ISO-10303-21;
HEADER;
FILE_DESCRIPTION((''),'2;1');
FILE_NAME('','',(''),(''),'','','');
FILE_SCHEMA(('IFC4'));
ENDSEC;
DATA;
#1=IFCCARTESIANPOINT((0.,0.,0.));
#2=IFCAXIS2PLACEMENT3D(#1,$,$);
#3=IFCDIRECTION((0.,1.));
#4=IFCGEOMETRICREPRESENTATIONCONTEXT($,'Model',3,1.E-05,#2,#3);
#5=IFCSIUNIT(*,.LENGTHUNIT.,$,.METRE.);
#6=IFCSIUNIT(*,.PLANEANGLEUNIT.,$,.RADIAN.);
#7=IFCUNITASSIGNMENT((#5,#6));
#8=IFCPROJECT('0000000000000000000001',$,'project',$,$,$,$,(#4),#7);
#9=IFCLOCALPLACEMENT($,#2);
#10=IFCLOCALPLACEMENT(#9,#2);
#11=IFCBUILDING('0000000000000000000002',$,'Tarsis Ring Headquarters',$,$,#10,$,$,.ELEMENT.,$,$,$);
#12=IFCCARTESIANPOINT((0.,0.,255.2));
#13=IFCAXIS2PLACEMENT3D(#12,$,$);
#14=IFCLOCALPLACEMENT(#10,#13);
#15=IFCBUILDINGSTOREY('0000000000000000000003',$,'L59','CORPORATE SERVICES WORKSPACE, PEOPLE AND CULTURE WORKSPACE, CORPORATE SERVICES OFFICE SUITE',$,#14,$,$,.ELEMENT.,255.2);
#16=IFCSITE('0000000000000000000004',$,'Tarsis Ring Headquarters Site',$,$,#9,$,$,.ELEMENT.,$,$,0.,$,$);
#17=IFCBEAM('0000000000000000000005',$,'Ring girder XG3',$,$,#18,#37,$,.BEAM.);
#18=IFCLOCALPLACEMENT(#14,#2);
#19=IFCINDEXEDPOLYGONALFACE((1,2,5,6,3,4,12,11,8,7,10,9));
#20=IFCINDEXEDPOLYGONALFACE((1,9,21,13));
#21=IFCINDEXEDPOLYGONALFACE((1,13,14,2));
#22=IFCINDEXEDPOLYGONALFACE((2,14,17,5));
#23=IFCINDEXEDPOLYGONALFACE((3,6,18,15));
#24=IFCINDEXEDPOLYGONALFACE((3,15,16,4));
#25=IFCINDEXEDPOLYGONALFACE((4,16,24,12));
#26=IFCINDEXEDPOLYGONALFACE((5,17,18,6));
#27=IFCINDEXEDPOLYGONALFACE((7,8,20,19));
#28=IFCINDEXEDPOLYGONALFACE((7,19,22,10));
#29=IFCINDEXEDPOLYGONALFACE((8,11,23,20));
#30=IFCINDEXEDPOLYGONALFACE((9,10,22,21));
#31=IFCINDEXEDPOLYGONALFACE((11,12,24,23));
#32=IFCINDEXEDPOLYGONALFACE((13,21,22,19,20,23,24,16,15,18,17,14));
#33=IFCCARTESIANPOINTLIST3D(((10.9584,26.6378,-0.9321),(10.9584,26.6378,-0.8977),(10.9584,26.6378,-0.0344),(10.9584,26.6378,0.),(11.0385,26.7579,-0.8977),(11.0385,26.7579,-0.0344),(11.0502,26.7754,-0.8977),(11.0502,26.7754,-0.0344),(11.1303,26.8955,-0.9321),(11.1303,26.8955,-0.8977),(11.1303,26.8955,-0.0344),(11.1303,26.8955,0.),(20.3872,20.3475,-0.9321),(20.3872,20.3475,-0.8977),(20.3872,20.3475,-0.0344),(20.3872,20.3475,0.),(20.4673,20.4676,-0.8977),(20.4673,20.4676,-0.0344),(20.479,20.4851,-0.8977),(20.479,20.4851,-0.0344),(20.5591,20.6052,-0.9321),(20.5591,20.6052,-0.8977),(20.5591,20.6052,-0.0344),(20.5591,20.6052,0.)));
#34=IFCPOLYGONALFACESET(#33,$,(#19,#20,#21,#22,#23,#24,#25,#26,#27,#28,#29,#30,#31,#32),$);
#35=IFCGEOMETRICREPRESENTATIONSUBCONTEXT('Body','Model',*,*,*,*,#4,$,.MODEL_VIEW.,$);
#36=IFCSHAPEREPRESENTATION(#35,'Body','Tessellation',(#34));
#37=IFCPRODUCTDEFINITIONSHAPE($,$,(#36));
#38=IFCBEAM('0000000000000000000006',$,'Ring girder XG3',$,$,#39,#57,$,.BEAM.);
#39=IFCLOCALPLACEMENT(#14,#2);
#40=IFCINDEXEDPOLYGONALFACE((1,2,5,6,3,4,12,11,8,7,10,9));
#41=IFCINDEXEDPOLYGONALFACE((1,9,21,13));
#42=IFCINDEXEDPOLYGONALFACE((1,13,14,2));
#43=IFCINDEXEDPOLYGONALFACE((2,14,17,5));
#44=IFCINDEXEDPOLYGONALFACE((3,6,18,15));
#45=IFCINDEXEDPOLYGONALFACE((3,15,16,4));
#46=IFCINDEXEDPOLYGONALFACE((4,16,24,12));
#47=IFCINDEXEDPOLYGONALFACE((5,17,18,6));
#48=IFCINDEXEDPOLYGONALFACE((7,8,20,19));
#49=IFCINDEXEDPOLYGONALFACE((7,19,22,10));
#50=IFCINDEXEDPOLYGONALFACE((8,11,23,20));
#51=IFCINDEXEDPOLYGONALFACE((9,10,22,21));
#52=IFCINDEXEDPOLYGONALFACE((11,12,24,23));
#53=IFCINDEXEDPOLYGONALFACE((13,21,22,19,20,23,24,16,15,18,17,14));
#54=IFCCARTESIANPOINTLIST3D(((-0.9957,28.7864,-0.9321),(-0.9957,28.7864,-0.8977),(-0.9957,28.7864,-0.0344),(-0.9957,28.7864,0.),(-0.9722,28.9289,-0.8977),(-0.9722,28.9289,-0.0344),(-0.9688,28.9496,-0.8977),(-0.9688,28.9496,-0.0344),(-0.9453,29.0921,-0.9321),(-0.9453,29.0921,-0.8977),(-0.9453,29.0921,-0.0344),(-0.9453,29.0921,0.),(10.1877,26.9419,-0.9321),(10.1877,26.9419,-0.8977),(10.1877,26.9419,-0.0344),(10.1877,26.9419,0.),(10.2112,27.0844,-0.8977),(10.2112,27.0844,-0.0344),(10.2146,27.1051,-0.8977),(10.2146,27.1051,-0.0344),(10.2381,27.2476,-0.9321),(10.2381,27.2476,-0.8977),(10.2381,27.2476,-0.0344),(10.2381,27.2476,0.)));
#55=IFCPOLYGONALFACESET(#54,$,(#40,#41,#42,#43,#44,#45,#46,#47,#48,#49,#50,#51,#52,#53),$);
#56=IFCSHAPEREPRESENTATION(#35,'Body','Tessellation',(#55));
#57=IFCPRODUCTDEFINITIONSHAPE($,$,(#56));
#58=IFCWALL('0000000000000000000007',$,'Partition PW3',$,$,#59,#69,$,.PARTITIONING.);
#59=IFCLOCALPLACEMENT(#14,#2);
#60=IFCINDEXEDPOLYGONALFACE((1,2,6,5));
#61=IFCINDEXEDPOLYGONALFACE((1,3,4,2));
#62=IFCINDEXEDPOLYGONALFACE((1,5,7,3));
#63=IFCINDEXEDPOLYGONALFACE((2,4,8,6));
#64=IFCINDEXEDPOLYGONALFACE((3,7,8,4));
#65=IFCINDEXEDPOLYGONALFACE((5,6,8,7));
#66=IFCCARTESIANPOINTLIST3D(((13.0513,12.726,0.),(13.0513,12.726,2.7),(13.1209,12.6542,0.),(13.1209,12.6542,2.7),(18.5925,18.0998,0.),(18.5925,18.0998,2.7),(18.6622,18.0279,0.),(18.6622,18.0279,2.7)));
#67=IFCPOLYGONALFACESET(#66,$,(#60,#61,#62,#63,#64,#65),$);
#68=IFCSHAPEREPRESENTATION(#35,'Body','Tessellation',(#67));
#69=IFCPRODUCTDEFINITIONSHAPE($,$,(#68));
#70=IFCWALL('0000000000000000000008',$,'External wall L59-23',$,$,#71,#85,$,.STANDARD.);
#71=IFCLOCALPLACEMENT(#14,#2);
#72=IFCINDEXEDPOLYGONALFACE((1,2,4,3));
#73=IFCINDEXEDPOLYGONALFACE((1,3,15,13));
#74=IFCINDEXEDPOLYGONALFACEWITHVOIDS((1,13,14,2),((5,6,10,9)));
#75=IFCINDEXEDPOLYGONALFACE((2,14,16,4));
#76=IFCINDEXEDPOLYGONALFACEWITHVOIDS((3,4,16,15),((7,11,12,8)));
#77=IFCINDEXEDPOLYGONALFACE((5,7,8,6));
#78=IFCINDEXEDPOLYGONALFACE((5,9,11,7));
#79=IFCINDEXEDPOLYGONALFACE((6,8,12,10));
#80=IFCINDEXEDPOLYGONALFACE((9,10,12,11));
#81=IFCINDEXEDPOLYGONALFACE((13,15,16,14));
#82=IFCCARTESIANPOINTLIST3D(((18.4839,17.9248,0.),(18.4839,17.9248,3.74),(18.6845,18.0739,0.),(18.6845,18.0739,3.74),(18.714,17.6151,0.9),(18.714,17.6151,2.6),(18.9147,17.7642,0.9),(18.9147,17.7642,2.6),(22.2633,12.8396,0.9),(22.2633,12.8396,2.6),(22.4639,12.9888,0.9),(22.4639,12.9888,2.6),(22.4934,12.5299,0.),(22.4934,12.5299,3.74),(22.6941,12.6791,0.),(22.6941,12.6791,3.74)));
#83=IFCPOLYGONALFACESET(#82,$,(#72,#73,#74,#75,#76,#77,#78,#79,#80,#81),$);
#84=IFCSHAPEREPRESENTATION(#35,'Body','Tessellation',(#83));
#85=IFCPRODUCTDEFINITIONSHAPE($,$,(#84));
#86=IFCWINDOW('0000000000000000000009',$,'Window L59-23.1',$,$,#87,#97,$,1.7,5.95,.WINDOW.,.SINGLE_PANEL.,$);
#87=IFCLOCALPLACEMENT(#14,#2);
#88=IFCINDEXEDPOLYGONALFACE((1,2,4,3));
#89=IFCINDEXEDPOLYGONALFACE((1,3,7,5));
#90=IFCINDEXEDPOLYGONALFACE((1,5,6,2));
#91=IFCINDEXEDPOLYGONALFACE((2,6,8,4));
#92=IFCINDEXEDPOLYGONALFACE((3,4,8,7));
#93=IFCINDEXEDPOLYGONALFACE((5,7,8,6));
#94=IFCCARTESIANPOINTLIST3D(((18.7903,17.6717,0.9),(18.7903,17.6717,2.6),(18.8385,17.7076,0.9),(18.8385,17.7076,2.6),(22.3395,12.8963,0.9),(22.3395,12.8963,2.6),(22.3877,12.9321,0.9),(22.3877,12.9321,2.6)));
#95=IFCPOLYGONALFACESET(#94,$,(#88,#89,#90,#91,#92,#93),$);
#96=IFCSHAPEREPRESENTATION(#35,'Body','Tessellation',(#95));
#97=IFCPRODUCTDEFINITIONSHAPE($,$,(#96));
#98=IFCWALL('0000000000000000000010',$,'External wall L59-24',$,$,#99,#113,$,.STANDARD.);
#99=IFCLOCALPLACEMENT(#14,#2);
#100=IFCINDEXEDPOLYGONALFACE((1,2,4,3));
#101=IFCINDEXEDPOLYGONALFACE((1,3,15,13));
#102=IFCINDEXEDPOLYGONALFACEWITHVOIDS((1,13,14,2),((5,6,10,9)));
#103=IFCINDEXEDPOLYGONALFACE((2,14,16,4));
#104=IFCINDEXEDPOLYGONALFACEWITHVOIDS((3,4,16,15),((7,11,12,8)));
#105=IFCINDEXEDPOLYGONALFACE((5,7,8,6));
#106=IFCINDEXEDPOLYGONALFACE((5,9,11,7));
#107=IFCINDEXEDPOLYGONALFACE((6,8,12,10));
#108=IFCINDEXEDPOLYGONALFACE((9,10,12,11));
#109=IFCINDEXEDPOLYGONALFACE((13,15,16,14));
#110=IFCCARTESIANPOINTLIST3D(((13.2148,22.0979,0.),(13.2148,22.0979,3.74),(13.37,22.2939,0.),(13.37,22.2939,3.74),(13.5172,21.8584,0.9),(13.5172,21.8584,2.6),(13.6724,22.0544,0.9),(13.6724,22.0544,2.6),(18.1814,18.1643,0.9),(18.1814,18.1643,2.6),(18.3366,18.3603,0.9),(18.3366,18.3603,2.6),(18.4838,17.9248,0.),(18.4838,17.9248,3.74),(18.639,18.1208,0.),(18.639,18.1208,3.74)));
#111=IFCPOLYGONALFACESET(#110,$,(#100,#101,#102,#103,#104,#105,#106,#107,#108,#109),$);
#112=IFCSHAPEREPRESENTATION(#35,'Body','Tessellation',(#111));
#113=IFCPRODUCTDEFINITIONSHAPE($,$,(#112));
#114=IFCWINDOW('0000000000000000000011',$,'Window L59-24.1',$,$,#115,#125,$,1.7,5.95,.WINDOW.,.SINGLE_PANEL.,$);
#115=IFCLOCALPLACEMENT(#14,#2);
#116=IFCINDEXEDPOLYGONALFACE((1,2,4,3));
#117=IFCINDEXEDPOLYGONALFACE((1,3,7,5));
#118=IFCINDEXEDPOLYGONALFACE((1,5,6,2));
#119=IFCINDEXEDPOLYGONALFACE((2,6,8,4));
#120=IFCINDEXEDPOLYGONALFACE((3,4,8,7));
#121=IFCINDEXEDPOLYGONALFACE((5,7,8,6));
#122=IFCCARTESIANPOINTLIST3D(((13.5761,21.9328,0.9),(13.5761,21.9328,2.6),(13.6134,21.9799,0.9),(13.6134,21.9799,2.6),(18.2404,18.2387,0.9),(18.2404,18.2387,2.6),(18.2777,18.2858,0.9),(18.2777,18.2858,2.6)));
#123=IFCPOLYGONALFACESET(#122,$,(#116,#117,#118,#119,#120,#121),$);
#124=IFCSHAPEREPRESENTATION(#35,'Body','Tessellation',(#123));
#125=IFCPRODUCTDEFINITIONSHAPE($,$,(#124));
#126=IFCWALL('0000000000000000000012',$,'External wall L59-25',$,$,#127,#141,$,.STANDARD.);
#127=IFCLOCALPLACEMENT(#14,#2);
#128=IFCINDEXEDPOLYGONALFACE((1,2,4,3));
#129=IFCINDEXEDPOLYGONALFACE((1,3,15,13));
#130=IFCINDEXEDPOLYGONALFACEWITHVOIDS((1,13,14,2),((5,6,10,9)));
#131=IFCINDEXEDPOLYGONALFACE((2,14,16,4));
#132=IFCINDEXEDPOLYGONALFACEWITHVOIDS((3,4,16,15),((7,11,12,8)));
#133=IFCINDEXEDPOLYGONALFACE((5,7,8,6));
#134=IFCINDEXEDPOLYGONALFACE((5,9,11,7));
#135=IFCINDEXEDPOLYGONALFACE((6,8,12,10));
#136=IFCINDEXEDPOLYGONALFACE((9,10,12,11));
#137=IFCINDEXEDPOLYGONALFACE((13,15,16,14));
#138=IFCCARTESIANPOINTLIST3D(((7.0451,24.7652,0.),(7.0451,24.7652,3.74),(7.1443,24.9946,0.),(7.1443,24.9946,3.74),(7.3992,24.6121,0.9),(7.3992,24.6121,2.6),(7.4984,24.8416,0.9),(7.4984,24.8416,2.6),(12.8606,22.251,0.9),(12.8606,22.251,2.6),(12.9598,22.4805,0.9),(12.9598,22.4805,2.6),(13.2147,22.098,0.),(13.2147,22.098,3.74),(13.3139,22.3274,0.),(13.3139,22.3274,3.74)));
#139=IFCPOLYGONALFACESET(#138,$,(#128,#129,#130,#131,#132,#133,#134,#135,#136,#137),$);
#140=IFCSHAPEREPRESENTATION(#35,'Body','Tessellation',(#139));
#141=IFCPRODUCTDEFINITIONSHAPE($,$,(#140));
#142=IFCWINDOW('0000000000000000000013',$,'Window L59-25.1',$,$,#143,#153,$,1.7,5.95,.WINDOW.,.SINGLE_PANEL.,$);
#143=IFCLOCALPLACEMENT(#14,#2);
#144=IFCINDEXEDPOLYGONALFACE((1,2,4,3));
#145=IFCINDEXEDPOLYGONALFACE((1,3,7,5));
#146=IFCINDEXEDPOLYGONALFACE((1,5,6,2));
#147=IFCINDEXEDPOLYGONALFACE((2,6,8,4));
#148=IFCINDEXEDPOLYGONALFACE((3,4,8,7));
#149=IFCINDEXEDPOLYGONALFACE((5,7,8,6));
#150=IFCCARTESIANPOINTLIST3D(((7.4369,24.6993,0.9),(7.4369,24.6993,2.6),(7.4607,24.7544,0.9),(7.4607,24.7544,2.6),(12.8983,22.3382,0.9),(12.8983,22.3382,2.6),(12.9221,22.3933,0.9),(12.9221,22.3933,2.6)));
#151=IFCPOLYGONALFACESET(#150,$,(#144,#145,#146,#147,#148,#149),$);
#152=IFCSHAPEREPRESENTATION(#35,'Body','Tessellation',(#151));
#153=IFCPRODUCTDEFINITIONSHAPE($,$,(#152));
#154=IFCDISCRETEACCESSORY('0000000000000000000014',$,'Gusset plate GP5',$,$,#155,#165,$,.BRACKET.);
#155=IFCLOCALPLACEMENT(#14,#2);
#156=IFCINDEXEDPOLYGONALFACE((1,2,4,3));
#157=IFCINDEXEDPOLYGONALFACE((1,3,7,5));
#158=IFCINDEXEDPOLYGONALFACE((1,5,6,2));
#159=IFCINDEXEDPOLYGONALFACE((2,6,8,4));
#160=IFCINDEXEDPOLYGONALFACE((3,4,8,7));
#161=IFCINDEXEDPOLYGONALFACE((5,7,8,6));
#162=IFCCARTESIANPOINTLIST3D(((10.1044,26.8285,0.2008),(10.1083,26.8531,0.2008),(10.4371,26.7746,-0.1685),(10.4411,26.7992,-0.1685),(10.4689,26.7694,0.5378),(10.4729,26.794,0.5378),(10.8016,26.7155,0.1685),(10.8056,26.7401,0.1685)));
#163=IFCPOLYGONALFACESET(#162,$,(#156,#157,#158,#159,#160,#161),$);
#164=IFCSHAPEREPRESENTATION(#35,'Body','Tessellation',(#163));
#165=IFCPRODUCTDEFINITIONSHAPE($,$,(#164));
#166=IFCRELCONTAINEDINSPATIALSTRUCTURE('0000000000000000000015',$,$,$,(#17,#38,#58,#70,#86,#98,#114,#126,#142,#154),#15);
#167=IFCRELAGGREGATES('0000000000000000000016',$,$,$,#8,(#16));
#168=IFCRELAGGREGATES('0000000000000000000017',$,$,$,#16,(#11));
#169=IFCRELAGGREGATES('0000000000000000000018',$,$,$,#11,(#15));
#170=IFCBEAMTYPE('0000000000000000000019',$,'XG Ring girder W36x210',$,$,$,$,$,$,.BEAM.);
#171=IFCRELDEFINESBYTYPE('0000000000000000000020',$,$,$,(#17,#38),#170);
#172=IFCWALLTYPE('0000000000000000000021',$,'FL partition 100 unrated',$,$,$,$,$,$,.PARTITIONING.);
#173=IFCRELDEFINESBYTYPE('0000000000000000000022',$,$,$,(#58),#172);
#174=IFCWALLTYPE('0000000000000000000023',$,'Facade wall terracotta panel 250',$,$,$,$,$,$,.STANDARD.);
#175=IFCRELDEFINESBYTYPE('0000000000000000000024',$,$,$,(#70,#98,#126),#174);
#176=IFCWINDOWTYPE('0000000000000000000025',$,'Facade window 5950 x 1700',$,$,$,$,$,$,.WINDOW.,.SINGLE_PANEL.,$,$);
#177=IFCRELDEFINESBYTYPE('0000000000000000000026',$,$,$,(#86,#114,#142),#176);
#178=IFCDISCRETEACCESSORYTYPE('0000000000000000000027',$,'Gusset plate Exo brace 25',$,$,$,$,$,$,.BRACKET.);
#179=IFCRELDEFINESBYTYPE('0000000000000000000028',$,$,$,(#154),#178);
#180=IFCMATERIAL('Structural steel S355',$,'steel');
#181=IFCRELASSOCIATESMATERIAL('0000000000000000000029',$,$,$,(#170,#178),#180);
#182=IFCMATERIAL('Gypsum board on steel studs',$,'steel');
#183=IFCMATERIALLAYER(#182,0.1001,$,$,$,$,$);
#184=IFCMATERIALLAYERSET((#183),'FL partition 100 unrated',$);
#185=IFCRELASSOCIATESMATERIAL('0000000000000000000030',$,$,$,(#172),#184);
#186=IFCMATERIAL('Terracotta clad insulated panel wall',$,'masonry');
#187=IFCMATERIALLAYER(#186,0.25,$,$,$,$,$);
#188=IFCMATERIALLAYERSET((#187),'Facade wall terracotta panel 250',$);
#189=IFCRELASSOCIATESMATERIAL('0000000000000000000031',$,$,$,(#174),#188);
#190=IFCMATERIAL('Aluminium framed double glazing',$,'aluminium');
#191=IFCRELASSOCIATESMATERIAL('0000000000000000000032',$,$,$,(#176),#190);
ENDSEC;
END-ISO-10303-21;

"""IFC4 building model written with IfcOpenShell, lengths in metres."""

from ifc_helpers import new_model, si_unit, direction, frame, frame_2d, origin, origin_2d, place, context, subcontext, project, spatial, rectangle, i_section, extrude, material, layer, layer_set, material_profile, profile_set, type_object, element, fill, save


model = new_model("IFC4")

# Units and contexts
model_context = context("Model", 3, precision=1e-05, world=origin(), true_north=direction((0.0, 1.0)))
body_context = subcontext(model_context, "Body", "Model", "MODEL_VIEW")
ifc_project = project(units=[si_unit("LENGTHUNIT", "METRE"), si_unit("PLANEANGLEUNIT", "RADIAN")], contexts=[model_context])

# Site, building, storey
site_placement = place(None, origin())
site = spatial("IfcSite", under=ifc_project, at=site_placement, Name="Tarsis Ring Headquarters Site", CompositionType="ELEMENT", RefElevation=0.0)
building_placement = place(site_placement, origin())
building = spatial("IfcBuilding", under=site, at=building_placement, Name="Tarsis Ring Headquarters", CompositionType="ELEMENT")
storey_placement = place(building_placement, frame((0.0, 0.0, 255.2)))
storey = spatial("IfcBuildingStorey", under=building, at=storey_placement, Name="L59", Description="CORPORATE SERVICES WORKSPACE, PEOPLE AND CULTURE WORKSPACE, CORPORATE SERVICES OFFICE SUITE", CompositionType="ELEMENT", Elevation=255.2)

# Shared definitions
ifc_material_1 = material(Name="Structural steel S355", Category="steel")

# Beams
ifc_material_profile_1 = material_profile(ifc_material_1, i_section(OverallWidth=0.3098, OverallDepth=0.9321, WebThickness=0.021, FlangeThickness=0.0344, at=origin_2d()), Name="W36x210")
ifc_profile_set_1 = profile_set([ifc_material_profile_1], Name="Structural steel S355")
beam_type_1 = type_object("IfcBeamType", Name="XG Ring girder W36x210", PredefinedType="BEAM", material=ifc_profile_set_1)
for number, where, z_axis, x_axis, name in (
    (1, (20.4731, 20.4763, -0.4661), (-0.831868, 0.554974, 0.0), (-0.554974, -0.831868, 0.0), "Ring girder XG3"),
    (2, (10.2129, 27.0947, -0.4661), (-0.98667, 0.162733, 0.0), (-0.162733, -0.98667, 0.0), "Ring girder XG3"),
):
    element("IfcBeam", number, at=place(storey_placement, frame(where, z_axis=z_axis, x_axis=x_axis)), inside=storey, type_object=beam_type_1, Name=name, PredefinedType="BEAM", context=body_context, shape_type="SweptSolid", body=[
        extrude(i_section(OverallWidth=0.3098, OverallDepth=0.9321, WebThickness=0.021, FlangeThickness=0.0344, at=origin_2d()), origin(), (0.0, 0.0, 1.0), 11.3345),
    ])

# Wall
ifc_material_2 = material(Name="Gypsum board on steel studs", Category="steel")
ifc_layer_1 = layer(ifc_material_2, 0.1001)
ifc_layer_set_1 = layer_set([ifc_layer_1], Name="FL partition 100 unrated")
wall_type_1 = type_object("IfcWallType", Name="FL partition 100 unrated", PredefinedType="PARTITIONING", material=ifc_layer_set_1)
wall_1_placement = place(storey_placement, frame((13.0862, 12.6902, 0.0), z_axis=(0.0, 0.0, 1.0), x_axis=(0.717872, 0.696175, 0.0)))
element("IfcWall", 3, at=wall_1_placement, inside=storey, type_object=wall_type_1, Name="Partition PW3", PredefinedType="PARTITIONING", context=body_context, shape_type="SweptSolid", body=[
    extrude(rectangle(XDim=7.719, YDim=0.1001, at=frame_2d((3.8594, 0.0))), origin(), (0.0, 0.0, 1.0), 2.7),
])

# Walls, openings, windows
ifc_material_3 = material(Name="Terracotta clad insulated panel wall", Category="masonry")
ifc_layer_2 = layer(ifc_material_3, 0.25)
ifc_layer_set_2 = layer_set([ifc_layer_2], Name="Facade wall terracotta panel 250")
wall_type_2 = type_object("IfcWallType", Name="Facade wall terracotta panel 250", PredefinedType="STANDARD", material=ifc_layer_set_2)
wall_2_placement = place(storey_placement, frame((22.5938, 12.6045, 0.0), z_axis=(0.0, 0.0, 1.0), x_axis=(-0.596513, 0.802603, 0.0)))
wall_2 = element("IfcWall", 4, at=wall_2_placement, inside=storey, type_object=wall_type_2, Name="External wall L59-23", PredefinedType="STANDARD", context=body_context, shape_type="SweptSolid", body=[
    extrude(rectangle(XDim=6.7217, YDim=0.25, at=frame_2d((3.3608, 0.0))), origin(), (0.0, 0.0, 1.0), 3.74),
])
opening_1_placement = place(wall_2_placement, frame((0.3857, 0.0, 0.8999)))
opening_1 = element("IfcOpeningElement", 5, at=opening_1_placement, cuts=wall_2, PredefinedType="OPENING", context=body_context, shape_type="SweptSolid", body=[
    extrude(rectangle(XDim=5.95, YDim=1.7, at=frame_2d((2.9751, 0.8501))), frame((0.0, 0.135, 0.0), z_axis=(0.0, -1.0, 0.0), x_axis=(1.0, 0.0, 0.0)), (0.0, 0.0, 1.0), 0.27),
])
ifc_material_4 = material(Name="Aluminium framed double glazing", Category="aluminium")
window_type = type_object("IfcWindowType", Name="Facade window 5950 x 1700", PartitioningType="SINGLE_PANEL", PredefinedType="WINDOW", material=ifc_material_4)
window_1_placement = place(opening_1_placement, origin())
window_1 = element("IfcWindow", 6, at=window_1_placement, inside=storey, type_object=window_type, Name="Window L59-23.1", OverallHeight=1.7, OverallWidth=5.95, PartitioningType="SINGLE_PANEL", PredefinedType="WINDOW", context=body_context, shape_type="SweptSolid", body=[
    extrude(rectangle(XDim=5.95, YDim=1.7, at=frame_2d((2.9751, 0.8501))), frame((0.0, 0.03, 0.0), z_axis=(0.0, -1.0, 0.0), x_axis=(1.0, 0.0, 0.0)), (0.0, 0.0, 1.0), 0.0601),
])
fill(opening_1, window_1)
wall_3_placement = place(storey_placement, frame((18.5615, 18.0227, 0.0), z_axis=(0.0, 0.0, 1.0), x_axis=(-0.783918, 0.620865, 0.0)))
wall_3 = element("IfcWall", 7, at=wall_3_placement, inside=storey, type_object=wall_type_2, Name="External wall L59-24", PredefinedType="STANDARD", context=body_context, shape_type="SweptSolid", body=[
    extrude(rectangle(XDim=6.7214, YDim=0.25, at=frame_2d((3.3608, 0.0))), origin(), (0.0, 0.0, 1.0), 3.74),
])
opening_2_placement = place(wall_3_placement, frame((0.3857, 0.0, 0.8999)))
opening_2 = element("IfcOpeningElement", 8, at=opening_2_placement, cuts=wall_3, PredefinedType="OPENING", context=body_context, shape_type="SweptSolid", body=[
    extrude(rectangle(XDim=5.95, YDim=1.7, at=frame_2d((2.9751, 0.8501))), frame((0.0, 0.135, 0.0), z_axis=(0.0, -1.0, 0.0), x_axis=(1.0, 0.0, 0.0)), (0.0, 0.0, 1.0), 0.27),
])
window_2_placement = place(opening_2_placement, origin())
window_2 = element("IfcWindow", 9, at=window_2_placement, inside=storey, type_object=window_type, Name="Window L59-24.1", OverallHeight=1.7, OverallWidth=5.95, PartitioningType="SINGLE_PANEL", PredefinedType="WINDOW", context=body_context, shape_type="SweptSolid", body=[
    extrude(rectangle(XDim=5.95, YDim=1.7, at=frame_2d((2.9751, 0.8501))), frame((0.0, 0.03, 0.0), z_axis=(0.0, -1.0, 0.0), x_axis=(1.0, 0.0, 0.0)), (0.0, 0.0, 1.0), 0.0601),
])
fill(opening_2, window_2)
wall_4_placement = place(storey_placement, frame((13.2644, 22.2126, 0.0), z_axis=(0.0, 0.0, 1.0), x_axis=(-0.917897, 0.396819, 0.0)))
wall_4 = element("IfcWall", 10, at=wall_4_placement, inside=storey, type_object=wall_type_2, Name="External wall L59-25", PredefinedType="STANDARD", context=body_context, shape_type="SweptSolid", body=[
    extrude(rectangle(XDim=6.7214, YDim=0.25, at=frame_2d((3.3608, 0.0))), origin(), (0.0, 0.0, 1.0), 3.74),
])
opening_3_placement = place(wall_4_placement, frame((0.3857, 0.0, 0.8999)))
opening_3 = element("IfcOpeningElement", 11, at=opening_3_placement, cuts=wall_4, PredefinedType="OPENING", context=body_context, shape_type="SweptSolid", body=[
    extrude(rectangle(XDim=5.95, YDim=1.7, at=frame_2d((2.9751, 0.8501))), frame((0.0, 0.135, 0.0), z_axis=(0.0, -1.0, 0.0), x_axis=(1.0, 0.0, 0.0)), (0.0, 0.0, 1.0), 0.27),
])
window_3_placement = place(opening_3_placement, origin())
window_3 = element("IfcWindow", 12, at=window_3_placement, inside=storey, type_object=window_type, Name="Window L59-25.1", OverallHeight=1.7, OverallWidth=5.95, PartitioningType="SINGLE_PANEL", PredefinedType="WINDOW", context=body_context, shape_type="SweptSolid", body=[
    extrude(rectangle(XDim=5.95, YDim=1.7, at=frame_2d((2.9751, 0.8501))), frame((0.0, 0.03, 0.0), z_axis=(0.0, -1.0, 0.0), x_axis=(1.0, 0.0, 0.0)), (0.0, 0.0, 1.0), 0.0601),
])
fill(opening_3, window_3)

# Discrete accessory
ifc_material_profile_2 = material_profile(ifc_material_1, rectangle(XDim=0.0249, YDim=0.5, at=origin_2d()), Name="PL 25x500")
ifc_profile_set_2 = profile_set([ifc_material_profile_2], Name="Structural steel S355")
discrete_accessory_type = type_object("IfcDiscreteAccessoryType", Name="Gusset plate Exo brace 25", PredefinedType="BRACKET", material=ifc_profile_set_2)
discrete_accessory_placement = place(storey_placement, frame((10.6213, 26.7573, 0.0), z_axis=(-0.66541, 0.107891, 0.73864), x_axis=(-0.160052, -0.987109, 0.0)))
element("IfcDiscreteAccessory", 13, at=discrete_accessory_placement, inside=storey, type_object=discrete_accessory_type, Name="Gusset plate GP5", PredefinedType="BRACKET", context=body_context, shape_type="SweptSolid", body=[
    extrude(rectangle(XDim=0.0249, YDim=0.5, at=origin_2d()), origin(), (0.0, 0.0, 1.0), 0.5),
])

save(model, "model.ifc")
